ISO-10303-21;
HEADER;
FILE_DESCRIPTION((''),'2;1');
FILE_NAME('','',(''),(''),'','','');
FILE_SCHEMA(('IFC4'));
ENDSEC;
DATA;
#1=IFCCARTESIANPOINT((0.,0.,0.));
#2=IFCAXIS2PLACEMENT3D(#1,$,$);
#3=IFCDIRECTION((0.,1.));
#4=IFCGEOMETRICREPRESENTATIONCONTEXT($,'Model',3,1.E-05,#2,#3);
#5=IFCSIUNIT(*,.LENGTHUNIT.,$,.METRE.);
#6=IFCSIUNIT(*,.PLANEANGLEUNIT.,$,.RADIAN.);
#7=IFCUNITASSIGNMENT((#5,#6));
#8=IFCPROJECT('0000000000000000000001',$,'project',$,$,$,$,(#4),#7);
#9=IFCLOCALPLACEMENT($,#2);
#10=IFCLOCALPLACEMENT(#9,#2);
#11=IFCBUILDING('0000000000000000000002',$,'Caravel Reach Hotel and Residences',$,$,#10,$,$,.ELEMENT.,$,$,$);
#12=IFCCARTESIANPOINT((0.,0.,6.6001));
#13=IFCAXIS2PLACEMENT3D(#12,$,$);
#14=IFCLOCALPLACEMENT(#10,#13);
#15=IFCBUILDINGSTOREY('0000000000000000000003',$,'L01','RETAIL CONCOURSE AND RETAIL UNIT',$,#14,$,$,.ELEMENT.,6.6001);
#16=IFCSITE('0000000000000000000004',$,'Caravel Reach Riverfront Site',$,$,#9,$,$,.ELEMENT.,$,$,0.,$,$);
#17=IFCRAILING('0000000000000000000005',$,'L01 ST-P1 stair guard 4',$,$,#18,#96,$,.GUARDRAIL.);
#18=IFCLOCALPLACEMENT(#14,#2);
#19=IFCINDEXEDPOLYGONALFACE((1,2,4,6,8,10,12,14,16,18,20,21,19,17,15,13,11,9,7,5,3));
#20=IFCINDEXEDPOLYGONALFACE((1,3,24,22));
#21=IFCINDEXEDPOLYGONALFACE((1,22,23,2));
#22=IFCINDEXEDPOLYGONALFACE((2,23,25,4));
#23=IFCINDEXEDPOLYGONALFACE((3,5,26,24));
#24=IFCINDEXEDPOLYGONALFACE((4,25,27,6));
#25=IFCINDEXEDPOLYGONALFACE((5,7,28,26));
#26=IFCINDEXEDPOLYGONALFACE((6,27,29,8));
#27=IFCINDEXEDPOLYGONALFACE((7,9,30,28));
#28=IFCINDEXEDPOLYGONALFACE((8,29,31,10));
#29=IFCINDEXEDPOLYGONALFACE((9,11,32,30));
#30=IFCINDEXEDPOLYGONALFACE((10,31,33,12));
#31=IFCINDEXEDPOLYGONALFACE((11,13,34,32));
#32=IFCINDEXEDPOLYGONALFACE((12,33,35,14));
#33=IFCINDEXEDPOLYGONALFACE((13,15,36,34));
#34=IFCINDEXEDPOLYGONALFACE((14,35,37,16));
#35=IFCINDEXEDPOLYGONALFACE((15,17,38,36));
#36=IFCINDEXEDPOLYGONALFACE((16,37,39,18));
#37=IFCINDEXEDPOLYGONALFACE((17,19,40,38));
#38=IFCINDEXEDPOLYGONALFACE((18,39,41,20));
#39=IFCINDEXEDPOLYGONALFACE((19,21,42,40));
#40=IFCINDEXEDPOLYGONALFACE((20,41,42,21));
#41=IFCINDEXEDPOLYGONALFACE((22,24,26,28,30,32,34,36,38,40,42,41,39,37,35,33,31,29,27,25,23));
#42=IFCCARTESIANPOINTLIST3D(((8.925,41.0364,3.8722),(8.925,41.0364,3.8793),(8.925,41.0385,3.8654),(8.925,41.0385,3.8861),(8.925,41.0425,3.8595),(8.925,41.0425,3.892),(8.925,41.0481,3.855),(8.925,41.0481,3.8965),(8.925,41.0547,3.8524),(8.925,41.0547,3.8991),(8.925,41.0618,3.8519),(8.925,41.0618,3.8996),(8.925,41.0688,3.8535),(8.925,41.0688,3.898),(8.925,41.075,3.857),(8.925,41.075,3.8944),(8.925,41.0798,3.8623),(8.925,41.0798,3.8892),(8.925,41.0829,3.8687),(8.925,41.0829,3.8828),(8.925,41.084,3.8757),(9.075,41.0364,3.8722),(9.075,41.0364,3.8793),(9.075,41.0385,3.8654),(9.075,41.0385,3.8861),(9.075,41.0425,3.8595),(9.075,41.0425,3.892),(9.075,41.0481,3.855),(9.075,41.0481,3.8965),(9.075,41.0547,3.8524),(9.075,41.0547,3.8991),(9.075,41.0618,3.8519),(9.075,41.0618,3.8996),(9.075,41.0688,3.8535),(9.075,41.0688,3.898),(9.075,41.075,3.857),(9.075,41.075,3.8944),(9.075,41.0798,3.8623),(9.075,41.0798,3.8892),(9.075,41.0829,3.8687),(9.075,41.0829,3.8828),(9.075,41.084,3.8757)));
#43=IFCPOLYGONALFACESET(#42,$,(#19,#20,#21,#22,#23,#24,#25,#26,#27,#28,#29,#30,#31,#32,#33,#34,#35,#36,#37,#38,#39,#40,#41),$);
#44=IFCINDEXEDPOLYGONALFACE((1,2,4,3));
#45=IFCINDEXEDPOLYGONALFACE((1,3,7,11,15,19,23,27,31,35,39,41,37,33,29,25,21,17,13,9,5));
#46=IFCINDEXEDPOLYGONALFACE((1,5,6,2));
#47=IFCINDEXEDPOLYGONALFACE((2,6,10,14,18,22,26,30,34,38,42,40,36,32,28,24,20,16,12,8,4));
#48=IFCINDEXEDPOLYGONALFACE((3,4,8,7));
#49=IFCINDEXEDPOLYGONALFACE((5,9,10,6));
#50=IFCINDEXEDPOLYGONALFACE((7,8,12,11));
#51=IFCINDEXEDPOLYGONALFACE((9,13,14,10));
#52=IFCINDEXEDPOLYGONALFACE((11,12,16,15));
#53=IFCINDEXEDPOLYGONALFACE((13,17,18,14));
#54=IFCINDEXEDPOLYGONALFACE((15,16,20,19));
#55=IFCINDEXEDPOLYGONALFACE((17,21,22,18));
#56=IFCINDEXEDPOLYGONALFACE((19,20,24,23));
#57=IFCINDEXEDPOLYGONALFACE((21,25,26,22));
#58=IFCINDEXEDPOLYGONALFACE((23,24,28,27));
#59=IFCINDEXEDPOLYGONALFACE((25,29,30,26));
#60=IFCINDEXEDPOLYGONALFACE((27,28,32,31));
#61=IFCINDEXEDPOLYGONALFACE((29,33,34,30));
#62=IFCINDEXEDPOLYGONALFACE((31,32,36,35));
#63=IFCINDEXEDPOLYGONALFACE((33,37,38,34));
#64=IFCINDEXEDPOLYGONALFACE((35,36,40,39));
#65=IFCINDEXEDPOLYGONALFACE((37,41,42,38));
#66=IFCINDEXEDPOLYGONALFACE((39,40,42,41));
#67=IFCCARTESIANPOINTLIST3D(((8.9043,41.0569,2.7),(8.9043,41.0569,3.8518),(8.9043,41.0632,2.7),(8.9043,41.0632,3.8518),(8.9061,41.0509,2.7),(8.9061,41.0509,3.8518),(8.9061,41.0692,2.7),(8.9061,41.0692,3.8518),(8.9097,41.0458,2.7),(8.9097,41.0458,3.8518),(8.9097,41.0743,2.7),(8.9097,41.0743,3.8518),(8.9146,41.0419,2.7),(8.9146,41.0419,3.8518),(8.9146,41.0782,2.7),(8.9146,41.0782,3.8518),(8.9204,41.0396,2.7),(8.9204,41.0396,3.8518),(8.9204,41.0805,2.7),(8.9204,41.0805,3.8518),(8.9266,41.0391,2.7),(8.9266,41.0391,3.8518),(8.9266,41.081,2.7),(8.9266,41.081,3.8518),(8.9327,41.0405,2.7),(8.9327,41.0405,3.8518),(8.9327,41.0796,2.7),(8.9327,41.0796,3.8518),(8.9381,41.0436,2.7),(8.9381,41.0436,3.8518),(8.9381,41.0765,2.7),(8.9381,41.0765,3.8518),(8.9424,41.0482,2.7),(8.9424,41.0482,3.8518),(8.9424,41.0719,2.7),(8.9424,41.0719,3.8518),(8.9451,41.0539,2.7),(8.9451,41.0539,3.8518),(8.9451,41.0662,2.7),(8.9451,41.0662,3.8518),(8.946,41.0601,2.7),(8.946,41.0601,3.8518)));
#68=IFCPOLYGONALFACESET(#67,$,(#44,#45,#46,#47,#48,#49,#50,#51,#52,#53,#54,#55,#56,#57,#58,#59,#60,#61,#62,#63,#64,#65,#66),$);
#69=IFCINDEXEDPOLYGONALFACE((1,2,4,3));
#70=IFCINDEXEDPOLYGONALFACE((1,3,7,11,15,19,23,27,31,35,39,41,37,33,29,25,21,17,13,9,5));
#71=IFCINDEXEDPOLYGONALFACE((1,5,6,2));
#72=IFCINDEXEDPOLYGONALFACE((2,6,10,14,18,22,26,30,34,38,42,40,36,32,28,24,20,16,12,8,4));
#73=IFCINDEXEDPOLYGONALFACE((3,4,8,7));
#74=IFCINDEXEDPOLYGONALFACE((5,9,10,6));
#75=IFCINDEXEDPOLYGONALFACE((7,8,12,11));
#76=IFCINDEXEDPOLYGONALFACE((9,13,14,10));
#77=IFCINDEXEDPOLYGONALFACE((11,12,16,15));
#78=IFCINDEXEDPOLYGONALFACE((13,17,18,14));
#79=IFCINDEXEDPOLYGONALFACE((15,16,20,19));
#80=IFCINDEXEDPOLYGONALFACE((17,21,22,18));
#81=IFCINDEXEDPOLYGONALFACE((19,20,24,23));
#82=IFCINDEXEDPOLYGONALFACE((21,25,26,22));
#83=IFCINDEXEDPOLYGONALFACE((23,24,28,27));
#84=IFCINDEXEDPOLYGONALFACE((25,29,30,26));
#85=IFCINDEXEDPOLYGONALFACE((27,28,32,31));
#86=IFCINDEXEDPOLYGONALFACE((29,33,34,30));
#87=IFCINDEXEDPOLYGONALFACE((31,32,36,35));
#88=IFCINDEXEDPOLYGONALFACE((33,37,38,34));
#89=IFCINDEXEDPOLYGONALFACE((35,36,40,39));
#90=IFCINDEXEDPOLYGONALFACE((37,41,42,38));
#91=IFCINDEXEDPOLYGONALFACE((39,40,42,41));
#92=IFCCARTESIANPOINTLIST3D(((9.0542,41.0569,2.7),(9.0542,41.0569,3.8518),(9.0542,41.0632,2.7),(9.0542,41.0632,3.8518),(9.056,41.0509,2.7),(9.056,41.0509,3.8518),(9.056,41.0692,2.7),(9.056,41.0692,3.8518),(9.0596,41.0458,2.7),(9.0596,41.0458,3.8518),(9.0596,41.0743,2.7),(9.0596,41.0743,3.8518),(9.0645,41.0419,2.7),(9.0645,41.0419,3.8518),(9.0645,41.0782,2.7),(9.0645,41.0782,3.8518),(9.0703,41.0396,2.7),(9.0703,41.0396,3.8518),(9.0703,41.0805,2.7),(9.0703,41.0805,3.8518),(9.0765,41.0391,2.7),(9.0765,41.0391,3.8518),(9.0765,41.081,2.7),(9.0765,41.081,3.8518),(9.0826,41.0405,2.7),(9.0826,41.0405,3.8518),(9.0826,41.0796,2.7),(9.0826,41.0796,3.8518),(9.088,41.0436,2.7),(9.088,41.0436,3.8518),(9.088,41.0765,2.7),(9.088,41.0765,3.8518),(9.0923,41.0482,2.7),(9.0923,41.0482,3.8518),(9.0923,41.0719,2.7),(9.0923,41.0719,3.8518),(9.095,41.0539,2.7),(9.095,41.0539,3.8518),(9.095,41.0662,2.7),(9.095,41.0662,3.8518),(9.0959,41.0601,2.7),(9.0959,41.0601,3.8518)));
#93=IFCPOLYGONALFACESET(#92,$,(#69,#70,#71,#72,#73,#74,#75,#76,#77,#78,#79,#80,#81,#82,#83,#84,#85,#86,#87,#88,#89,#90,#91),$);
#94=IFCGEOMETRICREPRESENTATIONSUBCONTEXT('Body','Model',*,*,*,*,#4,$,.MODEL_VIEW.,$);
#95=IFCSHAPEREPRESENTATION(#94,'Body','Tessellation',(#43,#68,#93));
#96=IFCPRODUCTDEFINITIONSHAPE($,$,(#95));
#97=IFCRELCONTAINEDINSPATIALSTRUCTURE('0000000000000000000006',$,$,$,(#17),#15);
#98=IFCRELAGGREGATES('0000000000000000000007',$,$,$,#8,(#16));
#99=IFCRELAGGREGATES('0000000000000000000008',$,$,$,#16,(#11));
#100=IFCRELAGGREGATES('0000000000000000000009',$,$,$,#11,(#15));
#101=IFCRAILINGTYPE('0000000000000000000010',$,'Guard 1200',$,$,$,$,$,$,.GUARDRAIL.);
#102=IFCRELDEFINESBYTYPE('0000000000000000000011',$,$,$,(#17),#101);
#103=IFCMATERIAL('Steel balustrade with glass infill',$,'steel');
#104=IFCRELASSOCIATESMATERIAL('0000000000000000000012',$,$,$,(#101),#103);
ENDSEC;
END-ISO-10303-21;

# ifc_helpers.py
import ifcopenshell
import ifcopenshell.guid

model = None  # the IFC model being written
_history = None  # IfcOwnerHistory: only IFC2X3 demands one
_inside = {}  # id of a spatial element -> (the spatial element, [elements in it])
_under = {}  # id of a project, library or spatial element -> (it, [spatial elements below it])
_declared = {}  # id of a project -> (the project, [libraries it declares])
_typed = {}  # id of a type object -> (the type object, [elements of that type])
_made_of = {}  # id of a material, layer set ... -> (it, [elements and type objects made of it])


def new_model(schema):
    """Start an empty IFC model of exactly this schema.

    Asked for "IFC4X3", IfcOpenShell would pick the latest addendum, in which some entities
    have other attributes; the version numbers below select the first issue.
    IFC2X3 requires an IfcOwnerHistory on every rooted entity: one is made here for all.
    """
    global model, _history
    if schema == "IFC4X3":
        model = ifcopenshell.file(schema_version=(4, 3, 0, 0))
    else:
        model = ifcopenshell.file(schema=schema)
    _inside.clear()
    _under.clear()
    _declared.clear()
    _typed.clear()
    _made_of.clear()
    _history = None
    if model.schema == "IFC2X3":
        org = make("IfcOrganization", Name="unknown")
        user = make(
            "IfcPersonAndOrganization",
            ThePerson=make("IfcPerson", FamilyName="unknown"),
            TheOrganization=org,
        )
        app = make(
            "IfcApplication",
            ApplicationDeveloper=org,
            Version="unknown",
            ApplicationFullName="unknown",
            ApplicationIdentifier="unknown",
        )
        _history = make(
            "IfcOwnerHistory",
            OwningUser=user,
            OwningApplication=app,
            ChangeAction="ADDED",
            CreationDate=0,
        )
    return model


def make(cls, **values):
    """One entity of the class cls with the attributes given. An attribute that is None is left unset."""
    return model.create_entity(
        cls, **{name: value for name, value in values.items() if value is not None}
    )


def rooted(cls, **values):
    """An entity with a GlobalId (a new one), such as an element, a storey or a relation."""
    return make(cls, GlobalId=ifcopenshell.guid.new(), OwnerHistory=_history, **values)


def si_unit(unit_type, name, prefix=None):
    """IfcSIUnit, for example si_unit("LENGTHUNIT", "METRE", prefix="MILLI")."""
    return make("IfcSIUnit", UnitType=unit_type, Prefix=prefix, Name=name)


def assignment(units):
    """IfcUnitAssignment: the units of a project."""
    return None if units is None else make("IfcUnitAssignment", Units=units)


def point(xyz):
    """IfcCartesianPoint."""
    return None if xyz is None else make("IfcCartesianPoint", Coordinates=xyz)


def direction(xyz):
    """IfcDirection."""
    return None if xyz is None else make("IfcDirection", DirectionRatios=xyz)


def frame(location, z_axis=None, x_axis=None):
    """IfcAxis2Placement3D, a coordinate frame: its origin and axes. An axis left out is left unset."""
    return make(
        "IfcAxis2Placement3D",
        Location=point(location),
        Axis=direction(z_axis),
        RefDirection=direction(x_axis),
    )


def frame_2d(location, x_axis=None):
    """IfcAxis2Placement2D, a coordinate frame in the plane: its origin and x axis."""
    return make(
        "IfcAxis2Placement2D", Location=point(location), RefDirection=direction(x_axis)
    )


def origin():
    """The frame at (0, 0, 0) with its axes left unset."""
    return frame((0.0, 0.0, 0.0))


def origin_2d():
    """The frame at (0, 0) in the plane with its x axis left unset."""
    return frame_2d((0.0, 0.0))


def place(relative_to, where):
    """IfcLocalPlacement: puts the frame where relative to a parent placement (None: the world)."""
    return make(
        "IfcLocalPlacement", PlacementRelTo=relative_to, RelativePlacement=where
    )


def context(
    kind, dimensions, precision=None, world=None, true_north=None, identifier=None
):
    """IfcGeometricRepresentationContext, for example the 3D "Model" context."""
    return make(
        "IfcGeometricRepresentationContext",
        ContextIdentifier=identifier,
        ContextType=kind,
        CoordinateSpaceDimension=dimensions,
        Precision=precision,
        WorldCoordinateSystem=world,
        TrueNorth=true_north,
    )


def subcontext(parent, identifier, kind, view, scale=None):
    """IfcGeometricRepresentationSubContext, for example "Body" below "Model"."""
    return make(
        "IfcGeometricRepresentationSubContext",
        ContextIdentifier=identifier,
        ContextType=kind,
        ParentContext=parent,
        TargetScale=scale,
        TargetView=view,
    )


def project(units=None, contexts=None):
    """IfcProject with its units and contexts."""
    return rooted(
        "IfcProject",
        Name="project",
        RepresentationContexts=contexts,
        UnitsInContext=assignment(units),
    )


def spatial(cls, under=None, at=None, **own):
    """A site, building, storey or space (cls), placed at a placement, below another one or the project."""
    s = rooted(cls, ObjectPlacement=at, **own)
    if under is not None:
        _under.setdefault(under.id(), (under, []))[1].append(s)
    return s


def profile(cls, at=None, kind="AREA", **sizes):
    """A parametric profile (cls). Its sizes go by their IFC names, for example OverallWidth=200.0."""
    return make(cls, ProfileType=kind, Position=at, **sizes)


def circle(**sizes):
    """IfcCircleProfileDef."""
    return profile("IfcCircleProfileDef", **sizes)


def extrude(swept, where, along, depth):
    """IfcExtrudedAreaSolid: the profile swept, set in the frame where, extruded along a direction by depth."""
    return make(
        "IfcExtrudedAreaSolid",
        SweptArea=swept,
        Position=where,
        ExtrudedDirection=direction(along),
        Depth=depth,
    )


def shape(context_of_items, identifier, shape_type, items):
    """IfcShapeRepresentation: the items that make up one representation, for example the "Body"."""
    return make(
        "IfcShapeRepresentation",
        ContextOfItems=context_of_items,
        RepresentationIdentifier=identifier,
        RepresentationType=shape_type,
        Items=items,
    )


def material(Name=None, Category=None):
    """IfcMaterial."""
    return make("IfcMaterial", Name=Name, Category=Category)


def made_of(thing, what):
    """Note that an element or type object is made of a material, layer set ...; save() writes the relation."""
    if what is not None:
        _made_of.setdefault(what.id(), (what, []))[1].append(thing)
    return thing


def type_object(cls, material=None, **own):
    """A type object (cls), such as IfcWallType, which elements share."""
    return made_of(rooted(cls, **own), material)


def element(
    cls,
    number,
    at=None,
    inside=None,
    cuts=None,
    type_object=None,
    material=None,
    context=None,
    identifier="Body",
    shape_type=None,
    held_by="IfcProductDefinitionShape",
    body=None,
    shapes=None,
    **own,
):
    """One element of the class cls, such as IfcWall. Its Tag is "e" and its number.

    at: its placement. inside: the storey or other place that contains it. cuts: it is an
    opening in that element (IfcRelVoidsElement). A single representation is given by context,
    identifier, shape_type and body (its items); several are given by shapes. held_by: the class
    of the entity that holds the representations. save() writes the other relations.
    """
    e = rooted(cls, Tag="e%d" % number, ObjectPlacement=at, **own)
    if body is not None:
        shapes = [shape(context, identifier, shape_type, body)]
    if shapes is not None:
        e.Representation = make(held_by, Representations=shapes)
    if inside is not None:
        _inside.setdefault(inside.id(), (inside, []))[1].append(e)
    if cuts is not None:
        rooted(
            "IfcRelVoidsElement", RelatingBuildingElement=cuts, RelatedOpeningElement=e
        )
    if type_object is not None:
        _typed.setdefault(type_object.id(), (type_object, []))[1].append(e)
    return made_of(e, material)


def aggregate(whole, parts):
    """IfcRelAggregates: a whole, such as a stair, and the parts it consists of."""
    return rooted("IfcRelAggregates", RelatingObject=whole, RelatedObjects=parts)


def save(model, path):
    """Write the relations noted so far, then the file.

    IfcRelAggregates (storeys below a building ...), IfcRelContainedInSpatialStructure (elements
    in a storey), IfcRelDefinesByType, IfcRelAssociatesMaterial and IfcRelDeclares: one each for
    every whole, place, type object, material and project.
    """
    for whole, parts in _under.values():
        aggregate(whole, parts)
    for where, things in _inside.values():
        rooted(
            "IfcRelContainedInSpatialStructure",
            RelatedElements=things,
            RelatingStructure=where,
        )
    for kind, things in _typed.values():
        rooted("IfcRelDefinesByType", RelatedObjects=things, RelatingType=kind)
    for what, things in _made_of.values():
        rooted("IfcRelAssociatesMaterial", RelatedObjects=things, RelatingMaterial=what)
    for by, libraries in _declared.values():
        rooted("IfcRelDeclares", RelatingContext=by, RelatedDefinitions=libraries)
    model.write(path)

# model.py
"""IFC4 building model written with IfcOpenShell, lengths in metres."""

from ifc_helpers import new_model, si_unit, direction, frame, origin, origin_2d, place, context, subcontext, project, spatial, circle, extrude, material, type_object, element, save


model = new_model("IFC4")

# Units and contexts
model_context = context("Model", 3, precision=1e-05, world=origin(), true_north=direction((0.0, 1.0)))
body_context = subcontext(model_context, "Body", "Model", "MODEL_VIEW")
ifc_project = project(units=[si_unit("LENGTHUNIT", "METRE"), si_unit("PLANEANGLEUNIT", "RADIAN")], contexts=[model_context])

# Site, building, storey
site_placement = place(None, origin())
site = spatial("IfcSite", under=ifc_project, at=site_placement, Name="Caravel Reach Riverfront Site", CompositionType="ELEMENT", RefElevation=0.0)
building_placement = place(site_placement, origin())
building = spatial("IfcBuilding", under=site, at=building_placement, Name="Caravel Reach Hotel and Residences", CompositionType="ELEMENT")
storey_placement = place(building_placement, frame((0.0, 0.0, 6.6001)))
storey = spatial("IfcBuildingStorey", under=building, at=storey_placement, Name="L01", Description="RETAIL CONCOURSE AND RETAIL UNIT", CompositionType="ELEMENT", Elevation=6.6001)

# Railing
ifc_material_1 = material(Name="Steel balustrade with glass infill", Category="steel")
railing_type_1 = type_object("IfcRailingType", Name="Guard 1200", PredefinedType="GUARDRAIL", material=ifc_material_1)
railing_1_placement = place(storey_placement, frame((8.925, 41.0601, 2.7)))
element("IfcRailing", 1, at=railing_1_placement, inside=storey, type_object=railing_type_1, Name="L01 ST-P1 stair guard 4", PredefinedType="GUARDRAIL", context=body_context, shape_type="SweptSolid", body=[
    extrude(circle(Radius=0.0239, at=origin_2d()), frame((0.0, 0.0, 1.1758), z_axis=(1.0, 0.0, 0.0), x_axis=(0.0, 1.0, 0.0)), (0.0, 0.0, 1.0), 0.1499),
    extrude(circle(Radius=0.021, at=origin_2d()), origin(), (0.0, 0.0, 1.0), 1.1519),
    extrude(circle(Radius=0.021, at=origin_2d()), frame((0.1499, 0.0, 0.0)), (0.0, 0.0, 1.0), 1.1519),
])

save(model, "model.ifc")
